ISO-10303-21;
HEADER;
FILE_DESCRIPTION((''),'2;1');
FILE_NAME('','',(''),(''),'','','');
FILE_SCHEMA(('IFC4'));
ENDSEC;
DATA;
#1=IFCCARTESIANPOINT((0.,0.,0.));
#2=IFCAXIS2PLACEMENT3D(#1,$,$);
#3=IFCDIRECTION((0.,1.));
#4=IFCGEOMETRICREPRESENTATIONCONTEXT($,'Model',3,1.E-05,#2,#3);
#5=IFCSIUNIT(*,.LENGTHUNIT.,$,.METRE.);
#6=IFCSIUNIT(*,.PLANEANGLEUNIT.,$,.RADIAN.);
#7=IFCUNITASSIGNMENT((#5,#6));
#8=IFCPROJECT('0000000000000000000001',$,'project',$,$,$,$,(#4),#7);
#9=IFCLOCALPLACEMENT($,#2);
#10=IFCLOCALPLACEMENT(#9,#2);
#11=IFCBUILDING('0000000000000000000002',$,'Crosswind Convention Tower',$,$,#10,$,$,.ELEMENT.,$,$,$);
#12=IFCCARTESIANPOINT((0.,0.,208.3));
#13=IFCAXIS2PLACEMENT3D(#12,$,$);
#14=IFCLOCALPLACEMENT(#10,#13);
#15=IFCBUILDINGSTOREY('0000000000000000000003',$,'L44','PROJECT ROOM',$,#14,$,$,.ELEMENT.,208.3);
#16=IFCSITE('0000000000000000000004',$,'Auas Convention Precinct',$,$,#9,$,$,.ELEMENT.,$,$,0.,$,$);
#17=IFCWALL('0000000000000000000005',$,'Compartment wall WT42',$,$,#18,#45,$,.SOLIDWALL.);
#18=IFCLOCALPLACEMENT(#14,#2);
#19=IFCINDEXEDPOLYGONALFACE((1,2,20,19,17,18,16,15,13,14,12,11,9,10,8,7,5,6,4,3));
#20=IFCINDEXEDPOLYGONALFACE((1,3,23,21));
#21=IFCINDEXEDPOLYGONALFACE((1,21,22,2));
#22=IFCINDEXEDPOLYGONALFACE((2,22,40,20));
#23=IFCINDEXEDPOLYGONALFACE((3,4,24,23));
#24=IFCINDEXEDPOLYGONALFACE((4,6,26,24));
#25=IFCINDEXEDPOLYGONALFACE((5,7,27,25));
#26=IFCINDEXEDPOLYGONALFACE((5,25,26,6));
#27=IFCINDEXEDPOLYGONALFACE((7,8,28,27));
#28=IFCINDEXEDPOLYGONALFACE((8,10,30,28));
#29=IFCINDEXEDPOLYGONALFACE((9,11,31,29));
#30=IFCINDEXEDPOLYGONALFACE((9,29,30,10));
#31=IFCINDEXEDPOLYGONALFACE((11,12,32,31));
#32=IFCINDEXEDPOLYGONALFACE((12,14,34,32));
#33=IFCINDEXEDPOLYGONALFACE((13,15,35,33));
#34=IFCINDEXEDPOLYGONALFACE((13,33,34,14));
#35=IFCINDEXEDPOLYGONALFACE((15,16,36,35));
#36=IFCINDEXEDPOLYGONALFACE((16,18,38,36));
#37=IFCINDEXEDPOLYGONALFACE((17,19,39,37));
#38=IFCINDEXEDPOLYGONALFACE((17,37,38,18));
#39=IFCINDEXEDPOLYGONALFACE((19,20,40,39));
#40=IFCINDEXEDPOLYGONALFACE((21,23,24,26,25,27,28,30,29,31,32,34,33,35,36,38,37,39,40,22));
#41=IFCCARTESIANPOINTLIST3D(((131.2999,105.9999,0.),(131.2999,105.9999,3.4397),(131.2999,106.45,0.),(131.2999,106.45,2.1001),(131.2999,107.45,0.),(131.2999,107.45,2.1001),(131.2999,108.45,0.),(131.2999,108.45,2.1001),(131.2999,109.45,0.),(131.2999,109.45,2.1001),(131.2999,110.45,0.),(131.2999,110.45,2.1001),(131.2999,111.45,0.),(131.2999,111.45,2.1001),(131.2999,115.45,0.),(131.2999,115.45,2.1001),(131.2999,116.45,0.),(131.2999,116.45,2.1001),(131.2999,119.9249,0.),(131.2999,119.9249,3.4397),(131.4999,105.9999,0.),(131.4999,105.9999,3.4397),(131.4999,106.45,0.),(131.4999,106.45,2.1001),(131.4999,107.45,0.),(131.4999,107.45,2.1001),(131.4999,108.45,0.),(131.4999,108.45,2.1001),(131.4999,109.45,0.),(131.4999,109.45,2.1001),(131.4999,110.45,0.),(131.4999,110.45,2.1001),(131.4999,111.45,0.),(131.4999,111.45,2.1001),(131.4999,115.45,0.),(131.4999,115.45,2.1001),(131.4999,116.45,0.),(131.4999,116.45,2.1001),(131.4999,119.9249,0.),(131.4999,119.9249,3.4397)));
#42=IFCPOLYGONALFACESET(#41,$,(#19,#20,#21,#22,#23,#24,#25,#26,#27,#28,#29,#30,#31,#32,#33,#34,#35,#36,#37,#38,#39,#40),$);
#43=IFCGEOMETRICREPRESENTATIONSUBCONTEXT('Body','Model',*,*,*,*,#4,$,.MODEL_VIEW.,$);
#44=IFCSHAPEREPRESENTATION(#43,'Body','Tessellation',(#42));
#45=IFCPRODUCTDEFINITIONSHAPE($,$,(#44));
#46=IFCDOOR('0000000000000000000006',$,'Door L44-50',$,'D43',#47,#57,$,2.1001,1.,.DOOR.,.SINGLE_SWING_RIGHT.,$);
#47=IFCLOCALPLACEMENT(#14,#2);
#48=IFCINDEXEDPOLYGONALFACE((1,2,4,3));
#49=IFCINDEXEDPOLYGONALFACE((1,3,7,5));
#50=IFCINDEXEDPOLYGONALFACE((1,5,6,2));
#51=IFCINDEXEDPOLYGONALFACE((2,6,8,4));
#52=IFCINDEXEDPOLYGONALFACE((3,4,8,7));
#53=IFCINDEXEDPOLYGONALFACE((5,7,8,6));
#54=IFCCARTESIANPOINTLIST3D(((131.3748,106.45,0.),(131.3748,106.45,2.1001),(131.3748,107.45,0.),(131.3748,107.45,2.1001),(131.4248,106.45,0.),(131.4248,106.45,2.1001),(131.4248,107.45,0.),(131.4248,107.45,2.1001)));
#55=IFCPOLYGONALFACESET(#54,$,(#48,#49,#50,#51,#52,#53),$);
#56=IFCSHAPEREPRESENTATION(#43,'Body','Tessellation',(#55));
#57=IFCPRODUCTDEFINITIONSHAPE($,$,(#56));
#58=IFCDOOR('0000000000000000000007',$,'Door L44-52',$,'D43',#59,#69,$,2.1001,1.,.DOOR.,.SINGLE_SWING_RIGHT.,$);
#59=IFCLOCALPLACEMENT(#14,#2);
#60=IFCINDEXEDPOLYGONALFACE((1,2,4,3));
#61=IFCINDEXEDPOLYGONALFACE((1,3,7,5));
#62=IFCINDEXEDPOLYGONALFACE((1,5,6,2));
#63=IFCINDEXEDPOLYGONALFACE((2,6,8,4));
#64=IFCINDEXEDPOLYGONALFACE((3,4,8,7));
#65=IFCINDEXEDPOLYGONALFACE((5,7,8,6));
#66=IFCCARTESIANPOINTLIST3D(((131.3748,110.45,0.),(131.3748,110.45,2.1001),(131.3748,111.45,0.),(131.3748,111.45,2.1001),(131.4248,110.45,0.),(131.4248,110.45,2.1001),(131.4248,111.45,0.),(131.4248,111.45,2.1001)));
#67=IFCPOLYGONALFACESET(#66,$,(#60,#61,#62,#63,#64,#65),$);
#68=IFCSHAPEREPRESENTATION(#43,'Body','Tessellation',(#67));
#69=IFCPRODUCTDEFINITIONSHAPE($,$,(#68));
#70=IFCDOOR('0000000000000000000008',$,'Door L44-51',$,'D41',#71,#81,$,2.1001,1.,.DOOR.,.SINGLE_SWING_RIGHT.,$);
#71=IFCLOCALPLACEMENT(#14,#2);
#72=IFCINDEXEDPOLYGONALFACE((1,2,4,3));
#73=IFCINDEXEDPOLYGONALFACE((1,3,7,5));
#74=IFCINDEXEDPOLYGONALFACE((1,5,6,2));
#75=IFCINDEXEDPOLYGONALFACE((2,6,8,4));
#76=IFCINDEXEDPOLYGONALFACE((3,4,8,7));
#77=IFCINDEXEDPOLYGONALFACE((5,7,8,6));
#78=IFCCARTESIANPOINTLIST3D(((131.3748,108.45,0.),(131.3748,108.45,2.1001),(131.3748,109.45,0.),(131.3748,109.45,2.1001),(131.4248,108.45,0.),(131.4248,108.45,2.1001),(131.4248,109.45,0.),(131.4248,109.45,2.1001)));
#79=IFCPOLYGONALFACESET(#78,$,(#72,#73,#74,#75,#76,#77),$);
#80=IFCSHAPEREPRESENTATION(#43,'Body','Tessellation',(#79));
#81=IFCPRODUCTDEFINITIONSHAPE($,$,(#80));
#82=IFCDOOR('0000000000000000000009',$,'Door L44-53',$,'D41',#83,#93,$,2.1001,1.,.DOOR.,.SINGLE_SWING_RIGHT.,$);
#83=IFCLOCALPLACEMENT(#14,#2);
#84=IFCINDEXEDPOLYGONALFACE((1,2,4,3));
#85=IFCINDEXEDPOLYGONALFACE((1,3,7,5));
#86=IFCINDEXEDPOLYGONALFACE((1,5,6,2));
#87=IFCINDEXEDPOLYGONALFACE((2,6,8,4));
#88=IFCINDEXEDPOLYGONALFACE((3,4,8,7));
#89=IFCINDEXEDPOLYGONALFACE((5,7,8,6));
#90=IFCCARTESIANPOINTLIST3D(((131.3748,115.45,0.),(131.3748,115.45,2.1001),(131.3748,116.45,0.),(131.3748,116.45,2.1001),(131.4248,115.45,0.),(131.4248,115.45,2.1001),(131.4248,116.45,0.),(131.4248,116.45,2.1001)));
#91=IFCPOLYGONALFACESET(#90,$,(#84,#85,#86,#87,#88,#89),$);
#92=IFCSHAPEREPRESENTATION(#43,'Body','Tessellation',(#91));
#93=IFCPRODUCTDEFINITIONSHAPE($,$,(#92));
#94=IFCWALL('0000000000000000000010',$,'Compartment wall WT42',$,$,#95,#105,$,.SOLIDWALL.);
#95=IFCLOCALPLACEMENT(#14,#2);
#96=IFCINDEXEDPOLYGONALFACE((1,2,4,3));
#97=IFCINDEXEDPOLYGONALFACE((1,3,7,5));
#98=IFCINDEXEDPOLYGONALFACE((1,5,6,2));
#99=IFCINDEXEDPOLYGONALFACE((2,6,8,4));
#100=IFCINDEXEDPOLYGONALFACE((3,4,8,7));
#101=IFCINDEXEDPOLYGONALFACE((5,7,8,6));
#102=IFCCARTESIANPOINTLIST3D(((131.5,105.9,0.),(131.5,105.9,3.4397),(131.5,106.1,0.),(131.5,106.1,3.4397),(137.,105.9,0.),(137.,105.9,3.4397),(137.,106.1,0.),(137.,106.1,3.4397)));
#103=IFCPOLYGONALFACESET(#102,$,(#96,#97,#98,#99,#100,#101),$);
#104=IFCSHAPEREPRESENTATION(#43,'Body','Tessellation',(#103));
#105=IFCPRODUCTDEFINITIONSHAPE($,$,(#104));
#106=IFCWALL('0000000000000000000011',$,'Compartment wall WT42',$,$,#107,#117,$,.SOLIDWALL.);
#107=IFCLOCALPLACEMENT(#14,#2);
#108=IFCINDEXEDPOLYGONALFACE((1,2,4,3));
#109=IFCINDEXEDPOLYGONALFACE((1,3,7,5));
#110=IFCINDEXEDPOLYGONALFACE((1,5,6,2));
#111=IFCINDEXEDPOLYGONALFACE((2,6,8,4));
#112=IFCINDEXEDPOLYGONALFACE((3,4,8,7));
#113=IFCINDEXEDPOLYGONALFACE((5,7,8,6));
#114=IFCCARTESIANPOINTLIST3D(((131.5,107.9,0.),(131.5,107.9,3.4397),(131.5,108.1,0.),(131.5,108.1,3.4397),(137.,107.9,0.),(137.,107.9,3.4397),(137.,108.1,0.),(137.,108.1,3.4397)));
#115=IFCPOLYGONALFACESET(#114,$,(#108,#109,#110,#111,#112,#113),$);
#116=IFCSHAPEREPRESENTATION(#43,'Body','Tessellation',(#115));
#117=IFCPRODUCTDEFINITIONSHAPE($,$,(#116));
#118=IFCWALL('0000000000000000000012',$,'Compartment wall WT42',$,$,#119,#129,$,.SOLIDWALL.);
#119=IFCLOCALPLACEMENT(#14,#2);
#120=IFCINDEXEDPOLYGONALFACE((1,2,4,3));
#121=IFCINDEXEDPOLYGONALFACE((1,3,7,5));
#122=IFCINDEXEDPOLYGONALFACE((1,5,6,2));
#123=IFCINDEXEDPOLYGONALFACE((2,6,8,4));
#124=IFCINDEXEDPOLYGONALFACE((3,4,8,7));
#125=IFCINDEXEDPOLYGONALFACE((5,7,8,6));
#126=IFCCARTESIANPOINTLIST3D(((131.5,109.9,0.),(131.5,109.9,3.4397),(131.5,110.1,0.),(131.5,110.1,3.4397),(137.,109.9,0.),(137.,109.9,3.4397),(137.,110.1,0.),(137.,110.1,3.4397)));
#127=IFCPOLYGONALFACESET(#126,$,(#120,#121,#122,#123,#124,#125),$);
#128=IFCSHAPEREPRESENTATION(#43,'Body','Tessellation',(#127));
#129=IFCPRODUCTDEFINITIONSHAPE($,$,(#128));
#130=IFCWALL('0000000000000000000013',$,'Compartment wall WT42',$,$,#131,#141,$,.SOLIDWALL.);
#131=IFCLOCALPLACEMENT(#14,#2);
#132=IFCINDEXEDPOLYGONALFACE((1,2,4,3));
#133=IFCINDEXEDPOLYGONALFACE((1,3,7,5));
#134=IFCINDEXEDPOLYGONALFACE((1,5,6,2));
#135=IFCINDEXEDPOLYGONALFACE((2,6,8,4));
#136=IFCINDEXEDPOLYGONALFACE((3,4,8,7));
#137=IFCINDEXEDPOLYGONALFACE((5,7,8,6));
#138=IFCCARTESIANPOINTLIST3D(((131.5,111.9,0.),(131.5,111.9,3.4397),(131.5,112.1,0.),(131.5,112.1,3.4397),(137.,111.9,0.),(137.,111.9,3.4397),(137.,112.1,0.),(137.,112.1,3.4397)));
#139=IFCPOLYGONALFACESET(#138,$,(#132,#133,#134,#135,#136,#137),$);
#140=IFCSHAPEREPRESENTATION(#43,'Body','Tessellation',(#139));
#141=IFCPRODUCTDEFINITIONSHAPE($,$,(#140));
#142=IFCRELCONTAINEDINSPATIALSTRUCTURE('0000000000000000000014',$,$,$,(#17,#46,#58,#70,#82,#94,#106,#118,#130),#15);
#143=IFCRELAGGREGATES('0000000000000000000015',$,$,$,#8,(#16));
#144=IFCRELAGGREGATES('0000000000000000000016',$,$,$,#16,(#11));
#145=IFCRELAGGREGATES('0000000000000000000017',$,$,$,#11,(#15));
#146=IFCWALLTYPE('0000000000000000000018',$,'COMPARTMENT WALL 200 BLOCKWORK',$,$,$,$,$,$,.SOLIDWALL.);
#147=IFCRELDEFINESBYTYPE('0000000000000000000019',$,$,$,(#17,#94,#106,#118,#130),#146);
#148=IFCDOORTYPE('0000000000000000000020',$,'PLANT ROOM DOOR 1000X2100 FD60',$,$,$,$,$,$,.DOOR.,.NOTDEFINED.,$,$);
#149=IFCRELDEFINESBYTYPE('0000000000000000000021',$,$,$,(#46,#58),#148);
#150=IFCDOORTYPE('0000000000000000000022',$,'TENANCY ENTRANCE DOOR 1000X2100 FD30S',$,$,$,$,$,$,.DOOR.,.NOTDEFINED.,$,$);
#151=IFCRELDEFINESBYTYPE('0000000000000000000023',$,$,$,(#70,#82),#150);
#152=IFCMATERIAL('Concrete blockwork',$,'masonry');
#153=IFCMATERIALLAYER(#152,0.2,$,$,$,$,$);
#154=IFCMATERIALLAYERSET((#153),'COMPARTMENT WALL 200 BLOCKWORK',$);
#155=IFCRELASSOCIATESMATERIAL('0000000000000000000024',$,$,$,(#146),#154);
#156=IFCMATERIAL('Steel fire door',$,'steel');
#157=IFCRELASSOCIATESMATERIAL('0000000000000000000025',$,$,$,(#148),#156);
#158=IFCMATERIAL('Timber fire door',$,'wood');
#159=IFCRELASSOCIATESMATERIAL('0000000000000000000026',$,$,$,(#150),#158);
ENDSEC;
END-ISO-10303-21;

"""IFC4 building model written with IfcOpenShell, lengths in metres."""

from ifc_helpers import new_model, si_unit, direction, frame, frame_2d, origin, place, context, subcontext, project, spatial, rectangle, extrude, material, layer, layer_set, type_object, element, fill, save


model = new_model("IFC4")

# Units and contexts
model_context = context("Model", 3, precision=1e-05, world=origin(), true_north=direction((0.0, 1.0)))
body_context = subcontext(model_context, "Body", "Model", "MODEL_VIEW")
ifc_project = project(units=[si_unit("LENGTHUNIT", "METRE"), si_unit("PLANEANGLEUNIT", "RADIAN")], contexts=[model_context])

# Site, building, storey
site_placement = place(None, origin())
site = spatial("IfcSite", under=ifc_project, at=site_placement, Name="Auas Convention Precinct", CompositionType="ELEMENT", RefElevation=0.0)
building_placement = place(site_placement, origin())
building = spatial("IfcBuilding", under=site, at=building_placement, Name="Crosswind Convention Tower", CompositionType="ELEMENT")
storey_placement = place(building_placement, frame((0.0, 0.0, 208.3)))
storey = spatial("IfcBuildingStorey", under=building, at=storey_placement, Name="L44", Description="PROJECT ROOM", CompositionType="ELEMENT", Elevation=208.3)

# Wall, openings, doors
ifc_material_1 = material(Name="Concrete blockwork", Category="masonry")
ifc_layer = layer(ifc_material_1, 0.2)
ifc_layer_set = layer_set([ifc_layer], Name="COMPARTMENT WALL 200 BLOCKWORK")
wall_type = type_object("IfcWallType", Name="COMPARTMENT WALL 200 BLOCKWORK", PredefinedType="SOLIDWALL", material=ifc_layer_set)
wall_placement = place(storey_placement, frame((131.3999, 106.0, 0.0), z_axis=(0.0, 0.0, 1.0), x_axis=(0.0, 1.0, 0.0)))
wall = element("IfcWall", 1, at=wall_placement, inside=storey, type_object=wall_type, Name="Compartment wall WT42", PredefinedType="SOLIDWALL", context=body_context, shape_type="SweptSolid", body=[
    extrude(rectangle(XDim=13.925, YDim=0.2, at=frame_2d((6.9624, 0.0))), origin(), (0.0, 0.0, 1.0), 3.4397),
])
opening_1_placement = place(wall_placement, frame((0.45, 0.0, 0.0)))
opening_1 = element("IfcOpeningElement", 2, at=opening_1_placement, cuts=wall, PredefinedType="OPENING", context=body_context, shape_type="SweptSolid", body=[
    extrude(rectangle(XDim=1.0, YDim=2.1001, at=frame_2d((0.5, 1.05))), frame((0.0, 0.1099, 0.0), z_axis=(0.0, -1.0, 0.0), x_axis=(1.0, 0.0, 0.0)), (0.0, 0.0, 1.0), 0.22),
])
opening_2_placement = place(wall_placement, frame((2.45, 0.0, 0.0)))
opening_2 = element("IfcOpeningElement", 3, at=opening_2_placement, cuts=wall, PredefinedType="OPENING", context=body_context, shape_type="SweptSolid", body=[
    extrude(rectangle(XDim=1.0, YDim=2.1001, at=frame_2d((0.5, 1.05))), frame((0.0, 0.1099, 0.0), z_axis=(0.0, -1.0, 0.0), x_axis=(1.0, 0.0, 0.0)), (0.0, 0.0, 1.0), 0.22),
])
opening_3_placement = place(wall_placement, frame((4.45, 0.0, 0.0)))
opening_3 = element("IfcOpeningElement", 4, at=opening_3_placement, cuts=wall, PredefinedType="OPENING", context=body_context, shape_type="SweptSolid", body=[
    extrude(rectangle(XDim=1.0, YDim=2.1001, at=frame_2d((0.5, 1.05))), frame((0.0, 0.1099, 0.0), z_axis=(0.0, -1.0, 0.0), x_axis=(1.0, 0.0, 0.0)), (0.0, 0.0, 1.0), 0.22),
])
opening_4_placement = place(wall_placement, frame((9.45, 0.0, 0.0)))
opening_4 = element("IfcOpeningElement", 5, at=opening_4_placement, cuts=wall, PredefinedType="OPENING", context=body_context, shape_type="SweptSolid", body=[
    extrude(rectangle(XDim=1.0, YDim=2.1001, at=frame_2d((0.5, 1.05))), frame((0.0, 0.1099, 0.0), z_axis=(0.0, -1.0, 0.0), x_axis=(1.0, 0.0, 0.0)), (0.0, 0.0, 1.0), 0.22),
])
ifc_material_2 = material(Name="Steel fire door", Category="steel")
door_type_1 = type_object("IfcDoorType", Name="PLANT ROOM DOOR 1000X2100 FD60", OperationType="NOTDEFINED", PredefinedType="DOOR", material=ifc_material_2)
door_1_placement = place(opening_1_placement, frame((1.0, 0.0, 0.0), z_axis=(0.0, 0.0, 1.0), x_axis=(-1.0, 0.0, 0.0)))
door_1 = element("IfcDoor", 6, at=door_1_placement, inside=storey, type_object=door_type_1, Name="Door L44-50", ObjectType="D43", OperationType="SINGLE_SWING_RIGHT", OverallHeight=2.1001, OverallWidth=1.0, PredefinedType="DOOR", context=body_context, shape_type="SweptSolid", body=[
    extrude(rectangle(XDim=1.0, YDim=2.1001, at=frame_2d((0.5, 1.05))), frame((0.0, 0.0249, 0.0), z_axis=(0.0, -1.0, 0.0), x_axis=(1.0, 0.0, 0.0)), (0.0, 0.0, 1.0), 0.05),
])
fill(opening_1, door_1)
door_2_placement = place(opening_3_placement, frame((1.0, 0.0, 0.0), z_axis=(0.0, 0.0, 1.0), x_axis=(-1.0, 0.0, 0.0)))
door_2 = element("IfcDoor", 7, at=door_2_placement, inside=storey, type_object=door_type_1, Name="Door L44-52", ObjectType="D43", OperationType="SINGLE_SWING_RIGHT", OverallHeight=2.1001, OverallWidth=1.0, PredefinedType="DOOR", context=body_context, shape_type="SweptSolid", body=[
    extrude(rectangle(XDim=1.0, YDim=2.1001, at=frame_2d((0.5, 1.05))), frame((0.0, 0.0249, 0.0), z_axis=(0.0, -1.0, 0.0), x_axis=(1.0, 0.0, 0.0)), (0.0, 0.0, 1.0), 0.05),
])
fill(opening_3, door_2)
ifc_material_3 = material(Name="Timber fire door", Category="wood")
door_type_2 = type_object("IfcDoorType", Name="TENANCY ENTRANCE DOOR 1000X2100 FD30S", OperationType="NOTDEFINED", PredefinedType="DOOR", material=ifc_material_3)
door_3_placement = place(opening_2_placement, frame((1.0, 0.0, 0.0), z_axis=(0.0, 0.0, 1.0), x_axis=(-1.0, 0.0, 0.0)))
door_3 = element("IfcDoor", 8, at=door_3_placement, inside=storey, type_object=door_type_2, Name="Door L44-51", ObjectType="D41", OperationType="SINGLE_SWING_RIGHT", OverallHeight=2.1001, OverallWidth=1.0, PredefinedType="DOOR", context=body_context, shape_type="SweptSolid", body=[
    extrude(rectangle(XDim=1.0, YDim=2.1001, at=frame_2d((0.5, 1.05))), frame((0.0, 0.0249, 0.0), z_axis=(0.0, -1.0, 0.0), x_axis=(1.0, 0.0, 0.0)), (0.0, 0.0, 1.0), 0.05),
])
fill(opening_2, door_3)
door_4_placement = place(opening_4_placement, frame((1.0, 0.0, 0.0), z_axis=(0.0, 0.0, 1.0), x_axis=(-1.0, 0.0, 0.0)))
door_4 = element("IfcDoor", 9, at=door_4_placement, inside=storey, type_object=door_type_2, Name="Door L44-53", ObjectType="D41", OperationType="SINGLE_SWING_RIGHT", OverallHeight=2.1001, OverallWidth=1.0, PredefinedType="DOOR", context=body_context, shape_type="SweptSolid", body=[
    extrude(rectangle(XDim=1.0, YDim=2.1001, at=frame_2d((0.5, 1.05))), frame((0.0, 0.0249, 0.0), z_axis=(0.0, -1.0, 0.0), x_axis=(1.0, 0.0, 0.0)), (0.0, 0.0, 1.0), 0.05),
])
fill(opening_4, door_4)

# Walls
for number, where, z_axis, x_axis, name in (
    (10, (131.5, 106.0, 0.0), (0.0, 0.0, 1.0), (1.0, 0.0, 0.0), "Compartment wall WT42"),
    (11, (131.5, 108.0, 0.0), (0.0, 0.0, 1.0), (1.0, 0.0, 0.0), "Compartment wall WT42"),
    (12, (131.5, 110.0, 0.0), (0.0, 0.0, 1.0), (1.0, 0.0, 0.0), "Compartment wall WT42"),
    (13, (131.5, 112.0, 0.0), (0.0, 0.0, 1.0), (1.0, 0.0, 0.0), "Compartment wall WT42"),
):
    element("IfcWall", number, at=place(storey_placement, frame(where, z_axis=z_axis, x_axis=x_axis)), inside=storey, type_object=wall_type, Name=name, PredefinedType="SOLIDWALL", context=body_context, shape_type="SweptSolid", body=[
        extrude(rectangle(XDim=5.5, YDim=0.2, at=frame_2d((2.75, 0.0))), origin(), (0.0, 0.0, 1.0), 3.4397),
    ])

save(model, "model.ifc")
